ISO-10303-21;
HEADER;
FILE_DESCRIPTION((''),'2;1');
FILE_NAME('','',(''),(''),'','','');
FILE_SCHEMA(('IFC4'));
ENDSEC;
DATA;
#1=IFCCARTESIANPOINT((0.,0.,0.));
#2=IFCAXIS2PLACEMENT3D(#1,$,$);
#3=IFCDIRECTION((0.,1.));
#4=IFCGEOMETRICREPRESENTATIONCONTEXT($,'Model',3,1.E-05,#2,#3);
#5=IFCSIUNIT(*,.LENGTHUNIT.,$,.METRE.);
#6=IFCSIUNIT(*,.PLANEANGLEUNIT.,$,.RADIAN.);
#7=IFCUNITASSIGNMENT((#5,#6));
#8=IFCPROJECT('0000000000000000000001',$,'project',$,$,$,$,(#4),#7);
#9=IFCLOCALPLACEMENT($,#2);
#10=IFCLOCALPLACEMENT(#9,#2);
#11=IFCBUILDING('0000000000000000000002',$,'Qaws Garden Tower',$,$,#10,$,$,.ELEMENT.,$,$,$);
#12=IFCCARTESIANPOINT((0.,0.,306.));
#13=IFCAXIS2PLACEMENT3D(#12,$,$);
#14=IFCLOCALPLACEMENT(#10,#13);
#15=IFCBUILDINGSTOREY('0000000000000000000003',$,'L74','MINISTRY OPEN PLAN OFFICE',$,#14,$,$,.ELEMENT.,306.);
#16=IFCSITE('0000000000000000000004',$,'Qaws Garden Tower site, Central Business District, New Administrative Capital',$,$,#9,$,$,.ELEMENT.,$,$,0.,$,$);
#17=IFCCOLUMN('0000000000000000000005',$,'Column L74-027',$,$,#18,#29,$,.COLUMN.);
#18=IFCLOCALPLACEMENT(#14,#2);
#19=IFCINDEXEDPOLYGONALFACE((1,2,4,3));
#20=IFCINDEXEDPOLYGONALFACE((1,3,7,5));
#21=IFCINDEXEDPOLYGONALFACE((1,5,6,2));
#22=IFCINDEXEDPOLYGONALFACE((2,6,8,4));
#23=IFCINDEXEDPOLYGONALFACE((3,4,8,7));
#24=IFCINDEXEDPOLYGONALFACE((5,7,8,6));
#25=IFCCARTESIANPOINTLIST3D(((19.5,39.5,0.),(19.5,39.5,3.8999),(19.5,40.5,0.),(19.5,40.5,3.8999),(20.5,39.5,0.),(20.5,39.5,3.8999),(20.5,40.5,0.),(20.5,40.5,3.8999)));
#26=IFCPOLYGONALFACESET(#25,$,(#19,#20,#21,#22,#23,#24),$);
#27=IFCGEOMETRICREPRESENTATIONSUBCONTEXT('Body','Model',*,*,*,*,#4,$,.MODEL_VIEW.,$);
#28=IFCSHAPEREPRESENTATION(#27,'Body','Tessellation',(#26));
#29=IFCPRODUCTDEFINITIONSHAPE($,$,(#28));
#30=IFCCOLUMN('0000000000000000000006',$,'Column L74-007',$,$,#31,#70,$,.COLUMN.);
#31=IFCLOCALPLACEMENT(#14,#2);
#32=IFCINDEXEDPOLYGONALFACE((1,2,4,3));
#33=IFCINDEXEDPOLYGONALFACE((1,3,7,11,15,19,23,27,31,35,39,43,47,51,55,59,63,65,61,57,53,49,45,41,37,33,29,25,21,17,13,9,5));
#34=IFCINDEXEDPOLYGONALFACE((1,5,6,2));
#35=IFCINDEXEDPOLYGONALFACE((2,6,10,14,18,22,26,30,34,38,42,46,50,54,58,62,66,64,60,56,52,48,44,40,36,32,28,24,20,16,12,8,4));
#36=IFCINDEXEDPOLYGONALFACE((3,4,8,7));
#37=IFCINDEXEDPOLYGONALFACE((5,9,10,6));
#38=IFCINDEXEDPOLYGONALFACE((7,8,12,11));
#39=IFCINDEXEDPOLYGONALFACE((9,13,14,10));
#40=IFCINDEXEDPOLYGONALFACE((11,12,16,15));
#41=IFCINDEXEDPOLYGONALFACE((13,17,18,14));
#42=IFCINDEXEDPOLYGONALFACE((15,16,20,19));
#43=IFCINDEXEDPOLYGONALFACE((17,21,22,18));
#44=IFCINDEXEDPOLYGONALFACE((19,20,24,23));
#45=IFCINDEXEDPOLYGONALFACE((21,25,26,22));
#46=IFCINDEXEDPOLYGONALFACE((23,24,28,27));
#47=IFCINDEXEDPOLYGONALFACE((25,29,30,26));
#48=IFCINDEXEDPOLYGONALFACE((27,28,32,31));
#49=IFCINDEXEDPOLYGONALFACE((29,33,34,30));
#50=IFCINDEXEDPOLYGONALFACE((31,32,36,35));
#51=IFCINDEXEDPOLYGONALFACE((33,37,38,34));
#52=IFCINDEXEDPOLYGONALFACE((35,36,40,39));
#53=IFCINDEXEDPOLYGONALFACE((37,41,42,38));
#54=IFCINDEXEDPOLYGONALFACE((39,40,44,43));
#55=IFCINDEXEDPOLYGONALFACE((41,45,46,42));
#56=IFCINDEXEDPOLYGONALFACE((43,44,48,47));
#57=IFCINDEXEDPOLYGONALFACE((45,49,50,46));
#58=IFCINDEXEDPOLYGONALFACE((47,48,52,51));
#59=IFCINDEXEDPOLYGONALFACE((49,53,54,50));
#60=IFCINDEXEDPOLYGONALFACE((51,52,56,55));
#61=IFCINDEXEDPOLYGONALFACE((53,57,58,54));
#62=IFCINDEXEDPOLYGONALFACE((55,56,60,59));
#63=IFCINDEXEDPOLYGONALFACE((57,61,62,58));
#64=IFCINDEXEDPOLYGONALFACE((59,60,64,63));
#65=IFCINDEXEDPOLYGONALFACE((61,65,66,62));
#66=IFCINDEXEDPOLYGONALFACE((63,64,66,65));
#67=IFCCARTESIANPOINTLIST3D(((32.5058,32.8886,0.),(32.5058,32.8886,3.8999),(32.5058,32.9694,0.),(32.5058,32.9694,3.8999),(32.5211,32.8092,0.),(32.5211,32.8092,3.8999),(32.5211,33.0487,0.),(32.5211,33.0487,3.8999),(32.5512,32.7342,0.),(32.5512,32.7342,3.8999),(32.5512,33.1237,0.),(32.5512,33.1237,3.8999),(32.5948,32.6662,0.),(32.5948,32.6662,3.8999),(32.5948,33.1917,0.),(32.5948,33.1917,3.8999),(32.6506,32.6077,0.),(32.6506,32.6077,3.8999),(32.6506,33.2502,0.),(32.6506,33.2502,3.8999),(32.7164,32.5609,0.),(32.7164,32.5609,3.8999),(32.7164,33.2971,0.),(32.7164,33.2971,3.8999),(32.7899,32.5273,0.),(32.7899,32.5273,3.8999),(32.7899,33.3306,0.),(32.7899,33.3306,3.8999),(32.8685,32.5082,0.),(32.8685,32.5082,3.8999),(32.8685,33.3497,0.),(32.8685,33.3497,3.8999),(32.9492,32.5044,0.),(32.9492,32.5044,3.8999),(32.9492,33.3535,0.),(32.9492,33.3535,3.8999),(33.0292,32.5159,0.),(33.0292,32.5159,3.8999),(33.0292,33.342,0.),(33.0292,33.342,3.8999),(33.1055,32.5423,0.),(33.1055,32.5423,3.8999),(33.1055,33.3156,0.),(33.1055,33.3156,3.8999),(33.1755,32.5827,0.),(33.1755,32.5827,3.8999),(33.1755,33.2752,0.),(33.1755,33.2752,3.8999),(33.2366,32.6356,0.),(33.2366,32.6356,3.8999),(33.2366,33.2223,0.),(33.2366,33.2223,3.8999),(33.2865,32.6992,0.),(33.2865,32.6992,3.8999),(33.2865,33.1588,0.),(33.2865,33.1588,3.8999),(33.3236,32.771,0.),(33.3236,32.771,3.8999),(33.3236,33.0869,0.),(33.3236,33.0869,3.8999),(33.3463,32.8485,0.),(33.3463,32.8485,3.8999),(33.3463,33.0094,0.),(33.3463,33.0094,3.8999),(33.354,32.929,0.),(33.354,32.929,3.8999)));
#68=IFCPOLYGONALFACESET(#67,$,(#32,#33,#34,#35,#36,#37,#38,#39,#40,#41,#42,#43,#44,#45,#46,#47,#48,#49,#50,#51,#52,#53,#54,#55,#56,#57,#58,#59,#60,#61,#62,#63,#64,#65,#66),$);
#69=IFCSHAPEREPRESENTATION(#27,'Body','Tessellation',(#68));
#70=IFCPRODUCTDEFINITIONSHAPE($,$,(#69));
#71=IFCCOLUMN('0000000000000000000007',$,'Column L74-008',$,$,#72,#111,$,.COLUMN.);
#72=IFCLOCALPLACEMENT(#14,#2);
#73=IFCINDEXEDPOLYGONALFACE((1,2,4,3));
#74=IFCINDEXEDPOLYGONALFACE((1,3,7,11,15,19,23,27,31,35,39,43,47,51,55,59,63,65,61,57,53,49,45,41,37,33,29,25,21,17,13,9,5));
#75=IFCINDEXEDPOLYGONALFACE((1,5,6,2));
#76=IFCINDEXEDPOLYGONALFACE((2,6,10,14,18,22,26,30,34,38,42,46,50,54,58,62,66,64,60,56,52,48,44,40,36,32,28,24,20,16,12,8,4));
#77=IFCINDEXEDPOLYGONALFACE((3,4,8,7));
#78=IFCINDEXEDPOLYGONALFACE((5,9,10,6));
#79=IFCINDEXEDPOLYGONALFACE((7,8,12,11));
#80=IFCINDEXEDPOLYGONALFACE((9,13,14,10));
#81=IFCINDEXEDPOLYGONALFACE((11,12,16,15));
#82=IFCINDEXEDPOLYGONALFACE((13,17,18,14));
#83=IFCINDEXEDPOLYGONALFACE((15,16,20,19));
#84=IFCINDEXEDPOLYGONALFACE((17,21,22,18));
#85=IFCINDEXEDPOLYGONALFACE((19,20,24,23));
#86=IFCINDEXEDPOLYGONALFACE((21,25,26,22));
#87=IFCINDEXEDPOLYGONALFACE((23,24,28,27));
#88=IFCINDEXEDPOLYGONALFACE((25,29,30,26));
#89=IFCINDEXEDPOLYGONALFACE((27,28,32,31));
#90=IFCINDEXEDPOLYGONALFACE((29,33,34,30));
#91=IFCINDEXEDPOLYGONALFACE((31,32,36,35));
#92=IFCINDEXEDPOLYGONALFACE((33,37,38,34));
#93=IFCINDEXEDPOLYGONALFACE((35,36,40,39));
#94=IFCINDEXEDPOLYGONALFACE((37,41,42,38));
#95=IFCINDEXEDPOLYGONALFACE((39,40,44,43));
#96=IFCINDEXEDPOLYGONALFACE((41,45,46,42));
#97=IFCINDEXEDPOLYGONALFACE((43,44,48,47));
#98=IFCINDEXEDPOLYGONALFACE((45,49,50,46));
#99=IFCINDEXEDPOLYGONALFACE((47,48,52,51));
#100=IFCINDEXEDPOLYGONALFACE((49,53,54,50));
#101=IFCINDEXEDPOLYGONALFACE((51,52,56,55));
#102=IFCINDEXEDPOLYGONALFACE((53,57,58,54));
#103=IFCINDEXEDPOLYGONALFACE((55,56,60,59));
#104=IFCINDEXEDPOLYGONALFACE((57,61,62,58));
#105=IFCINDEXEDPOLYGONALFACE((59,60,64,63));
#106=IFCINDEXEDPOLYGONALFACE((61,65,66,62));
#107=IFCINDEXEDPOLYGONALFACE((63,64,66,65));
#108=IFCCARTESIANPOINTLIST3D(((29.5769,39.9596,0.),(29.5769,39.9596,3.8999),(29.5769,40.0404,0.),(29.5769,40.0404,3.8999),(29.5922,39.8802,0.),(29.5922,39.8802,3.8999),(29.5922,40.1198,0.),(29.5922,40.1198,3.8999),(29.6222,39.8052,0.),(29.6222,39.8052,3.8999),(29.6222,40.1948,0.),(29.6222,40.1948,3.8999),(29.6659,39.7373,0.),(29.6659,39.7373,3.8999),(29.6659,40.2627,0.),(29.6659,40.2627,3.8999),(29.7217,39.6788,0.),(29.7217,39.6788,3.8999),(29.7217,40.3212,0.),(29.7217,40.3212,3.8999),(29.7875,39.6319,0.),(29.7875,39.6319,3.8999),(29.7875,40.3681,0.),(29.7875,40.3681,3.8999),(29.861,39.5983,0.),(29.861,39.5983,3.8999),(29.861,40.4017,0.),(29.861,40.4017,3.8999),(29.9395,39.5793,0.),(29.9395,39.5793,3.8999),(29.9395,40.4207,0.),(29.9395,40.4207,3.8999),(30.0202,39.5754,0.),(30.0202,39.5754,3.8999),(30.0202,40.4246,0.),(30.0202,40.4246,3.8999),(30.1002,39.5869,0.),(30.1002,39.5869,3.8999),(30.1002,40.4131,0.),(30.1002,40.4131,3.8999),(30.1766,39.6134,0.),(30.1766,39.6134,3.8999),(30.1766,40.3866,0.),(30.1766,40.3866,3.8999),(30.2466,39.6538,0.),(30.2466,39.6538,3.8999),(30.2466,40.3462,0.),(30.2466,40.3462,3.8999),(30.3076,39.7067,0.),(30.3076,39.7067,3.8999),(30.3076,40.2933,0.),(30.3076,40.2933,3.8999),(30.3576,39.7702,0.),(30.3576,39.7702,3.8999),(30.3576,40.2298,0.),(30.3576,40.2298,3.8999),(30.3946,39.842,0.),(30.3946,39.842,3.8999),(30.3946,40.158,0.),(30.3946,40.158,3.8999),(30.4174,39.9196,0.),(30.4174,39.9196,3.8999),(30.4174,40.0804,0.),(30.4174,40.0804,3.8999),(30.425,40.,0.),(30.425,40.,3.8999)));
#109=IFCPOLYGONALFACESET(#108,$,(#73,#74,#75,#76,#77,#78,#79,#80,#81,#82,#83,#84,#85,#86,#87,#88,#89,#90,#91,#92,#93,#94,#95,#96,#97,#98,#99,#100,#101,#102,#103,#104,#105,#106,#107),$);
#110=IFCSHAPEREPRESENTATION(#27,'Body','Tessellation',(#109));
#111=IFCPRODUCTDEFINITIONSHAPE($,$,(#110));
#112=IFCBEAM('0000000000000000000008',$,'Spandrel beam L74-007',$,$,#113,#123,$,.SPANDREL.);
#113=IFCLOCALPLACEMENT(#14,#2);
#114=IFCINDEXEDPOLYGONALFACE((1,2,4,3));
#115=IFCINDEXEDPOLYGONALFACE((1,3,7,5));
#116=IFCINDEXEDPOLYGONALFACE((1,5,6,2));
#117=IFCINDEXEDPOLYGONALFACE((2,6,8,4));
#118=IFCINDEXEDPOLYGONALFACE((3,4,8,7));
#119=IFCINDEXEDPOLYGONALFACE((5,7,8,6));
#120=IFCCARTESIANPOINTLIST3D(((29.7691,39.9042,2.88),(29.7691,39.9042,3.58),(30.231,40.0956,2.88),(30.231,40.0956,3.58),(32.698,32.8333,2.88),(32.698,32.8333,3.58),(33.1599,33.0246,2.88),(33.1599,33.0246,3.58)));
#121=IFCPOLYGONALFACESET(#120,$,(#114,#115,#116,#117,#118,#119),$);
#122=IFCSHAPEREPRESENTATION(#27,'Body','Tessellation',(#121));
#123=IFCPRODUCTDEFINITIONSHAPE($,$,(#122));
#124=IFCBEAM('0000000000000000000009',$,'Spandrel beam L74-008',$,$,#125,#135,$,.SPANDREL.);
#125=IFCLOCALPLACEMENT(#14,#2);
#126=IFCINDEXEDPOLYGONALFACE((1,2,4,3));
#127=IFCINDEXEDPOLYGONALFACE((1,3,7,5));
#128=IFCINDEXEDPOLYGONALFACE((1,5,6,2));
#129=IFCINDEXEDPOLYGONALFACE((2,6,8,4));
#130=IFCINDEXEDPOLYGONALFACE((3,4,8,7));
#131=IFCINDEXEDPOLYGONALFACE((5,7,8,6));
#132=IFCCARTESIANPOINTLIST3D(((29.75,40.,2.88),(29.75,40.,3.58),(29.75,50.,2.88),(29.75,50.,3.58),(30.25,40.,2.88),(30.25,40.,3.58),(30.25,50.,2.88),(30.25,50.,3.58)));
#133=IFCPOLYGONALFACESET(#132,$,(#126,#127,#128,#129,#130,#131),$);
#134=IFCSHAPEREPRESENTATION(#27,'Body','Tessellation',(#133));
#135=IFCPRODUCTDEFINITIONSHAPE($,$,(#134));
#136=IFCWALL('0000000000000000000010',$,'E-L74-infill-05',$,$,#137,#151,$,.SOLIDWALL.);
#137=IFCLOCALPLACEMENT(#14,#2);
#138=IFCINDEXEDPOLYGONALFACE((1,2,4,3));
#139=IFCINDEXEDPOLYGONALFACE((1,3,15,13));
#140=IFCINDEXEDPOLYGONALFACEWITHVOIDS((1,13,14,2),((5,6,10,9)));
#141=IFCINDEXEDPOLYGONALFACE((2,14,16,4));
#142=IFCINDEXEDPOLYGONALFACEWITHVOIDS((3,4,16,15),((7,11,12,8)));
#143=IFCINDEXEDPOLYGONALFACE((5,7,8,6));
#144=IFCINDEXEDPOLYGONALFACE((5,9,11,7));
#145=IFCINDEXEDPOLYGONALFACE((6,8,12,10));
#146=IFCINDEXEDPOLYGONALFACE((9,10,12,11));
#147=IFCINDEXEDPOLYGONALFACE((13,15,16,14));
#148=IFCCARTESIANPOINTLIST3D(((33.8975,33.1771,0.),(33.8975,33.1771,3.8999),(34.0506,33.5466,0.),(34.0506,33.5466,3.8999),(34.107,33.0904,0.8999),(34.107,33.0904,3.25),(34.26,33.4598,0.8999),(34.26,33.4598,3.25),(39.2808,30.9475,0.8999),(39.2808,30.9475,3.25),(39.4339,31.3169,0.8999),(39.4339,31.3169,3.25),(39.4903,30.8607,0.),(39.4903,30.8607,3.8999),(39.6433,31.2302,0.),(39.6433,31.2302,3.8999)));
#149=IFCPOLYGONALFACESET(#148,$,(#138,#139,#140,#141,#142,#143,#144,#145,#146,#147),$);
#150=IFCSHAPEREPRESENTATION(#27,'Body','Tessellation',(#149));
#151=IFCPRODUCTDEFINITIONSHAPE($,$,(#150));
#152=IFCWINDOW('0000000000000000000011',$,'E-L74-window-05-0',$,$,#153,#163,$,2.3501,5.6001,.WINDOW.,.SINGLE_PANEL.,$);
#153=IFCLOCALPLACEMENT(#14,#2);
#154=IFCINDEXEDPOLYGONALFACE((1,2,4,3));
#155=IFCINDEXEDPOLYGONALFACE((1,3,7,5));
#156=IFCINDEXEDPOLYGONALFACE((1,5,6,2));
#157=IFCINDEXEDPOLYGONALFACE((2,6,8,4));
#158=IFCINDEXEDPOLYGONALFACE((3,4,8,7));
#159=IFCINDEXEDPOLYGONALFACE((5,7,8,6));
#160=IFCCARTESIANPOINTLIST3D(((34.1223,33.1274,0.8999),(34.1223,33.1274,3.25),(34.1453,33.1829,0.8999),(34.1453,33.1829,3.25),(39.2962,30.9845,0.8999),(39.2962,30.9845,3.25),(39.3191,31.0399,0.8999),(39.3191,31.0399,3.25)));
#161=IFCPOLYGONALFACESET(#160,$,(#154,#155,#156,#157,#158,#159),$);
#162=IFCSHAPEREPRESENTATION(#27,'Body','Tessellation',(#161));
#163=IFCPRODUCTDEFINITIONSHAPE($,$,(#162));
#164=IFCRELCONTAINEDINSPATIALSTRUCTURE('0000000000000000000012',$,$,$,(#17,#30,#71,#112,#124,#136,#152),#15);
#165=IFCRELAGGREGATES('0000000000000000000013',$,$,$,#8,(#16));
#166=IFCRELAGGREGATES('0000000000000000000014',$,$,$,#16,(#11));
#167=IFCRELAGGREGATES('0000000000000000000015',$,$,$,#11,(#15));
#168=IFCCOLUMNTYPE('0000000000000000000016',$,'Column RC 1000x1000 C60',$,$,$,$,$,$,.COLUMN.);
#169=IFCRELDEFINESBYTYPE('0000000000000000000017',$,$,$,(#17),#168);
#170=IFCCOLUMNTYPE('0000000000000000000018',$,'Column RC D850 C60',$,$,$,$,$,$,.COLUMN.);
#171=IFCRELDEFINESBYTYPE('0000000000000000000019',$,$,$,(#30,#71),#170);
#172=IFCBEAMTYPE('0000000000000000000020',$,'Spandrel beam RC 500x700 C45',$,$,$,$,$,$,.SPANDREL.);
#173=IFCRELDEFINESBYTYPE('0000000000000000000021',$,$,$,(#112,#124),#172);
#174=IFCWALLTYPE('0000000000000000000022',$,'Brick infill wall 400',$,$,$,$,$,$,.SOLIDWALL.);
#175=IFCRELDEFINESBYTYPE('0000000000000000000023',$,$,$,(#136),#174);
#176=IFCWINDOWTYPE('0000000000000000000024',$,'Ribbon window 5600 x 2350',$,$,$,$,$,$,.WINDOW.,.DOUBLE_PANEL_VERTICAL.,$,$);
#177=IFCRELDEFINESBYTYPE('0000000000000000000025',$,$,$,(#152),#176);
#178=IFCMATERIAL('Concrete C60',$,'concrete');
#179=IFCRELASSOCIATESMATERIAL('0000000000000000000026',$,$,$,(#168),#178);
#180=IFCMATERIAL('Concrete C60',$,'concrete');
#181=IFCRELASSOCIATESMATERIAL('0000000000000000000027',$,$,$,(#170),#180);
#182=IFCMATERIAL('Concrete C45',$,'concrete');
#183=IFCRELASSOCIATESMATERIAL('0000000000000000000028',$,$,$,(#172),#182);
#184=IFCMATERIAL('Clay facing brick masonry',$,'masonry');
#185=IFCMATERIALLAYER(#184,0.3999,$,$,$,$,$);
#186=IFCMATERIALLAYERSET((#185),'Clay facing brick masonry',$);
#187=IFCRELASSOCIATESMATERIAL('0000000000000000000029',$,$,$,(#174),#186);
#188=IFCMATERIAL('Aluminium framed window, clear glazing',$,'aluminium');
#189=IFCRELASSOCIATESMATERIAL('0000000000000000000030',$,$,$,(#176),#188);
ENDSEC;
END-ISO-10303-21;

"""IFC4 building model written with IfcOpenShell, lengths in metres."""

from ifc_helpers import new_model, si_unit, direction, frame, frame_2d, origin, origin_2d, place, context, subcontext, project, spatial, rectangle, circle, extrude, material, layer, layer_set, material_profile, profile_set, type_object, element, fill, save


model = new_model("IFC4")

# Units and contexts
model_context = context("Model", 3, precision=1e-05, world=origin(), true_north=direction((0.0, 1.0)))
body_context = subcontext(model_context, "Body", "Model", "MODEL_VIEW")
ifc_project = project(units=[si_unit("LENGTHUNIT", "METRE"), si_unit("PLANEANGLEUNIT", "RADIAN")], contexts=[model_context])

# Site, building, storey
site_placement = place(None, origin())
site = spatial("IfcSite", under=ifc_project, at=site_placement, Name="Qaws Garden Tower site, Central Business District, New Administrative Capital", CompositionType="ELEMENT", RefElevation=0.0)
building_placement = place(site_placement, origin())
building = spatial("IfcBuilding", under=site, at=building_placement, Name="Qaws Garden Tower", CompositionType="ELEMENT")
storey_placement = place(building_placement, frame((0.0, 0.0, 306.0)))
storey = spatial("IfcBuildingStorey", under=building, at=storey_placement, Name="L74", Description="MINISTRY OPEN PLAN OFFICE", CompositionType="ELEMENT", Elevation=306.0)

# Columns
ifc_material_1 = material(Name="Concrete C60", Category="concrete")
ifc_material_profile_1 = material_profile(ifc_material_1, rectangle(XDim=1.0, YDim=1.0, at=origin_2d()), Name="RC 1000x1000")
ifc_profile_set_1 = profile_set([ifc_material_profile_1], Name="Concrete C60")
column_type_1 = type_object("IfcColumnType", Name="Column RC 1000x1000 C60", PredefinedType="COLUMN", material=ifc_profile_set_1)
column_placement = place(storey_placement, frame((20.0, 40.0, 0.0), z_axis=(0.0, 0.0, 1.0), x_axis=(1.0, 0.0, 0.0)))
element("IfcColumn", 1, at=column_placement, inside=storey, type_object=column_type_1, Name="Column L74-027", PredefinedType="COLUMN", context=body_context, shape_type="SweptSolid", body=[
    extrude(rectangle(XDim=1.0, YDim=1.0, at=origin_2d()), origin(), (0.0, 0.0, 1.0), 3.8999),
])
ifc_material_2 = material(Name="Concrete C60", Category="concrete")
ifc_material_profile_2 = material_profile(ifc_material_2, circle(Radius=0.425, at=origin_2d()), Name="RC D850")
ifc_profile_set_2 = profile_set([ifc_material_profile_2], Name="Concrete C60")
column_type_2 = type_object("IfcColumnType", Name="Column RC D850 C60", PredefinedType="COLUMN", material=ifc_profile_set_2)
for number, where, z_axis, x_axis, name in (
    (2, (32.929, 32.929, 0.0), (0.0, 0.0, 1.0), (1.0, 0.0, 0.0), "Column L74-007"),
    (3, (30.0, 40.0, 0.0), (0.0, 0.0, 1.0), (1.0, 0.0, 0.0), "Column L74-008"),
):
    element("IfcColumn", number, at=place(storey_placement, frame(where, z_axis=z_axis, x_axis=x_axis)), inside=storey, type_object=column_type_2, Name=name, PredefinedType="COLUMN", context=body_context, shape_type="SweptSolid", body=[
        extrude(circle(Radius=0.425, at=origin_2d()), origin(), (0.0, 0.0, 1.0), 3.8999),
    ])

# Beams
ifc_material_3 = material(Name="Concrete C45", Category="concrete")
ifc_material_profile_3 = material_profile(ifc_material_3, rectangle(XDim=0.5, YDim=0.7, at=origin_2d()), Name="RC 500x700")
ifc_profile_set_3 = profile_set([ifc_material_profile_3], Name="Concrete C45")
beam_type = type_object("IfcBeamType", Name="Spandrel beam RC 500x700 C45", PredefinedType="SPANDREL", material=ifc_profile_set_3)
beam_1_placement = place(storey_placement, frame((32.929, 32.929, 3.23), z_axis=(-0.382687, 0.923878, 0.0), x_axis=(-0.923878, -0.382687, 0.0)))
element("IfcBeam", 4, at=beam_1_placement, inside=storey, type_object=beam_type, Name="Spandrel beam L74-007", PredefinedType="SPANDREL", context=body_context, shape_type="SweptSolid", body=[
    extrude(rectangle(XDim=0.5, YDim=0.7, at=origin_2d()), origin(), (0.0, 0.0, 1.0), 7.6536),
])
beam_2_placement = place(storey_placement, frame((30.0, 40.0, 3.23), z_axis=(0.0, 1.0, 0.0), x_axis=(-1.0, 0.0, 0.0)))
element("IfcBeam", 5, at=beam_2_placement, inside=storey, type_object=beam_type, Name="Spandrel beam L74-008", PredefinedType="SPANDREL", context=body_context, shape_type="SweptSolid", body=[
    extrude(rectangle(XDim=0.5, YDim=0.7, at=origin_2d()), origin(), (0.0, 0.0, 1.0), 10.0),
])

# Wall, opening, window
ifc_material_4 = material(Name="Clay facing brick masonry", Category="masonry")
ifc_layer_1 = layer(ifc_material_4, 0.3999)
ifc_layer_set_1 = layer_set([ifc_layer_1], Name="Clay facing brick masonry")
wall_type_1 = type_object("IfcWallType", Name="Brick infill wall 400", PredefinedType="SOLIDWALL", material=ifc_layer_set_1)
wall_1_placement = place(storey_placement, frame((39.5669, 31.0454, 0.0), z_axis=(0.0, 0.0, 1.0), x_axis=(-0.923891, 0.382656, 0.0)))
wall_1 = element("IfcWall", 6, at=wall_1_placement, inside=storey, type_object=wall_type_1, Name="E-L74-infill-05", PredefinedType="SOLIDWALL", context=body_context, shape_type="SweptSolid", body=[
    extrude(rectangle(XDim=6.0535, YDim=0.3999, at=frame_2d((3.0269, 0.0))), origin(), (0.0, 0.0, 1.0), 3.8999),
])
opening_1_placement = place(wall_1_placement, frame((0.2268, 0.0, 0.8999)))
opening_1 = element("IfcOpeningElement", 7, at=opening_1_placement, cuts=wall_1, PredefinedType="OPENING", context=body_context, shape_type="SweptSolid", body=[
    extrude(rectangle(XDim=5.6001, YDim=2.3501, at=frame_2d((2.8, 1.175))), frame((0.0, 0.21, 0.0), z_axis=(0.0, -1.0, 0.0), x_axis=(1.0, 0.0, 0.0)), (0.0, 0.0, 1.0), 0.4199),
])
ifc_material_5 = material(Name="Aluminium framed window, clear glazing", Category="aluminium")
window_type_1 = type_object("IfcWindowType", Name="Ribbon window 5600 x 2350", PartitioningType="DOUBLE_PANEL_VERTICAL", PredefinedType="WINDOW", material=ifc_material_5)
window_1_placement = place(opening_1_placement, origin())
window_1 = element("IfcWindow", 8, at=window_1_placement, inside=storey, type_object=window_type_1, Name="E-L74-window-05-0", OverallHeight=2.3501, OverallWidth=5.6001, PartitioningType="SINGLE_PANEL", PredefinedType="WINDOW", context=body_context, shape_type="SweptSolid", body=[
    extrude(rectangle(XDim=5.6001, YDim=2.3501, at=frame_2d((2.8, 1.175))), frame((0.0, 0.1599, 0.0), z_axis=(0.0, -1.0, 0.0), x_axis=(1.0, 0.0, 0.0)), (0.0, 0.0, 1.0), 0.0601),
])
fill(opening_1, window_1)

save(model, "model.ifc")
